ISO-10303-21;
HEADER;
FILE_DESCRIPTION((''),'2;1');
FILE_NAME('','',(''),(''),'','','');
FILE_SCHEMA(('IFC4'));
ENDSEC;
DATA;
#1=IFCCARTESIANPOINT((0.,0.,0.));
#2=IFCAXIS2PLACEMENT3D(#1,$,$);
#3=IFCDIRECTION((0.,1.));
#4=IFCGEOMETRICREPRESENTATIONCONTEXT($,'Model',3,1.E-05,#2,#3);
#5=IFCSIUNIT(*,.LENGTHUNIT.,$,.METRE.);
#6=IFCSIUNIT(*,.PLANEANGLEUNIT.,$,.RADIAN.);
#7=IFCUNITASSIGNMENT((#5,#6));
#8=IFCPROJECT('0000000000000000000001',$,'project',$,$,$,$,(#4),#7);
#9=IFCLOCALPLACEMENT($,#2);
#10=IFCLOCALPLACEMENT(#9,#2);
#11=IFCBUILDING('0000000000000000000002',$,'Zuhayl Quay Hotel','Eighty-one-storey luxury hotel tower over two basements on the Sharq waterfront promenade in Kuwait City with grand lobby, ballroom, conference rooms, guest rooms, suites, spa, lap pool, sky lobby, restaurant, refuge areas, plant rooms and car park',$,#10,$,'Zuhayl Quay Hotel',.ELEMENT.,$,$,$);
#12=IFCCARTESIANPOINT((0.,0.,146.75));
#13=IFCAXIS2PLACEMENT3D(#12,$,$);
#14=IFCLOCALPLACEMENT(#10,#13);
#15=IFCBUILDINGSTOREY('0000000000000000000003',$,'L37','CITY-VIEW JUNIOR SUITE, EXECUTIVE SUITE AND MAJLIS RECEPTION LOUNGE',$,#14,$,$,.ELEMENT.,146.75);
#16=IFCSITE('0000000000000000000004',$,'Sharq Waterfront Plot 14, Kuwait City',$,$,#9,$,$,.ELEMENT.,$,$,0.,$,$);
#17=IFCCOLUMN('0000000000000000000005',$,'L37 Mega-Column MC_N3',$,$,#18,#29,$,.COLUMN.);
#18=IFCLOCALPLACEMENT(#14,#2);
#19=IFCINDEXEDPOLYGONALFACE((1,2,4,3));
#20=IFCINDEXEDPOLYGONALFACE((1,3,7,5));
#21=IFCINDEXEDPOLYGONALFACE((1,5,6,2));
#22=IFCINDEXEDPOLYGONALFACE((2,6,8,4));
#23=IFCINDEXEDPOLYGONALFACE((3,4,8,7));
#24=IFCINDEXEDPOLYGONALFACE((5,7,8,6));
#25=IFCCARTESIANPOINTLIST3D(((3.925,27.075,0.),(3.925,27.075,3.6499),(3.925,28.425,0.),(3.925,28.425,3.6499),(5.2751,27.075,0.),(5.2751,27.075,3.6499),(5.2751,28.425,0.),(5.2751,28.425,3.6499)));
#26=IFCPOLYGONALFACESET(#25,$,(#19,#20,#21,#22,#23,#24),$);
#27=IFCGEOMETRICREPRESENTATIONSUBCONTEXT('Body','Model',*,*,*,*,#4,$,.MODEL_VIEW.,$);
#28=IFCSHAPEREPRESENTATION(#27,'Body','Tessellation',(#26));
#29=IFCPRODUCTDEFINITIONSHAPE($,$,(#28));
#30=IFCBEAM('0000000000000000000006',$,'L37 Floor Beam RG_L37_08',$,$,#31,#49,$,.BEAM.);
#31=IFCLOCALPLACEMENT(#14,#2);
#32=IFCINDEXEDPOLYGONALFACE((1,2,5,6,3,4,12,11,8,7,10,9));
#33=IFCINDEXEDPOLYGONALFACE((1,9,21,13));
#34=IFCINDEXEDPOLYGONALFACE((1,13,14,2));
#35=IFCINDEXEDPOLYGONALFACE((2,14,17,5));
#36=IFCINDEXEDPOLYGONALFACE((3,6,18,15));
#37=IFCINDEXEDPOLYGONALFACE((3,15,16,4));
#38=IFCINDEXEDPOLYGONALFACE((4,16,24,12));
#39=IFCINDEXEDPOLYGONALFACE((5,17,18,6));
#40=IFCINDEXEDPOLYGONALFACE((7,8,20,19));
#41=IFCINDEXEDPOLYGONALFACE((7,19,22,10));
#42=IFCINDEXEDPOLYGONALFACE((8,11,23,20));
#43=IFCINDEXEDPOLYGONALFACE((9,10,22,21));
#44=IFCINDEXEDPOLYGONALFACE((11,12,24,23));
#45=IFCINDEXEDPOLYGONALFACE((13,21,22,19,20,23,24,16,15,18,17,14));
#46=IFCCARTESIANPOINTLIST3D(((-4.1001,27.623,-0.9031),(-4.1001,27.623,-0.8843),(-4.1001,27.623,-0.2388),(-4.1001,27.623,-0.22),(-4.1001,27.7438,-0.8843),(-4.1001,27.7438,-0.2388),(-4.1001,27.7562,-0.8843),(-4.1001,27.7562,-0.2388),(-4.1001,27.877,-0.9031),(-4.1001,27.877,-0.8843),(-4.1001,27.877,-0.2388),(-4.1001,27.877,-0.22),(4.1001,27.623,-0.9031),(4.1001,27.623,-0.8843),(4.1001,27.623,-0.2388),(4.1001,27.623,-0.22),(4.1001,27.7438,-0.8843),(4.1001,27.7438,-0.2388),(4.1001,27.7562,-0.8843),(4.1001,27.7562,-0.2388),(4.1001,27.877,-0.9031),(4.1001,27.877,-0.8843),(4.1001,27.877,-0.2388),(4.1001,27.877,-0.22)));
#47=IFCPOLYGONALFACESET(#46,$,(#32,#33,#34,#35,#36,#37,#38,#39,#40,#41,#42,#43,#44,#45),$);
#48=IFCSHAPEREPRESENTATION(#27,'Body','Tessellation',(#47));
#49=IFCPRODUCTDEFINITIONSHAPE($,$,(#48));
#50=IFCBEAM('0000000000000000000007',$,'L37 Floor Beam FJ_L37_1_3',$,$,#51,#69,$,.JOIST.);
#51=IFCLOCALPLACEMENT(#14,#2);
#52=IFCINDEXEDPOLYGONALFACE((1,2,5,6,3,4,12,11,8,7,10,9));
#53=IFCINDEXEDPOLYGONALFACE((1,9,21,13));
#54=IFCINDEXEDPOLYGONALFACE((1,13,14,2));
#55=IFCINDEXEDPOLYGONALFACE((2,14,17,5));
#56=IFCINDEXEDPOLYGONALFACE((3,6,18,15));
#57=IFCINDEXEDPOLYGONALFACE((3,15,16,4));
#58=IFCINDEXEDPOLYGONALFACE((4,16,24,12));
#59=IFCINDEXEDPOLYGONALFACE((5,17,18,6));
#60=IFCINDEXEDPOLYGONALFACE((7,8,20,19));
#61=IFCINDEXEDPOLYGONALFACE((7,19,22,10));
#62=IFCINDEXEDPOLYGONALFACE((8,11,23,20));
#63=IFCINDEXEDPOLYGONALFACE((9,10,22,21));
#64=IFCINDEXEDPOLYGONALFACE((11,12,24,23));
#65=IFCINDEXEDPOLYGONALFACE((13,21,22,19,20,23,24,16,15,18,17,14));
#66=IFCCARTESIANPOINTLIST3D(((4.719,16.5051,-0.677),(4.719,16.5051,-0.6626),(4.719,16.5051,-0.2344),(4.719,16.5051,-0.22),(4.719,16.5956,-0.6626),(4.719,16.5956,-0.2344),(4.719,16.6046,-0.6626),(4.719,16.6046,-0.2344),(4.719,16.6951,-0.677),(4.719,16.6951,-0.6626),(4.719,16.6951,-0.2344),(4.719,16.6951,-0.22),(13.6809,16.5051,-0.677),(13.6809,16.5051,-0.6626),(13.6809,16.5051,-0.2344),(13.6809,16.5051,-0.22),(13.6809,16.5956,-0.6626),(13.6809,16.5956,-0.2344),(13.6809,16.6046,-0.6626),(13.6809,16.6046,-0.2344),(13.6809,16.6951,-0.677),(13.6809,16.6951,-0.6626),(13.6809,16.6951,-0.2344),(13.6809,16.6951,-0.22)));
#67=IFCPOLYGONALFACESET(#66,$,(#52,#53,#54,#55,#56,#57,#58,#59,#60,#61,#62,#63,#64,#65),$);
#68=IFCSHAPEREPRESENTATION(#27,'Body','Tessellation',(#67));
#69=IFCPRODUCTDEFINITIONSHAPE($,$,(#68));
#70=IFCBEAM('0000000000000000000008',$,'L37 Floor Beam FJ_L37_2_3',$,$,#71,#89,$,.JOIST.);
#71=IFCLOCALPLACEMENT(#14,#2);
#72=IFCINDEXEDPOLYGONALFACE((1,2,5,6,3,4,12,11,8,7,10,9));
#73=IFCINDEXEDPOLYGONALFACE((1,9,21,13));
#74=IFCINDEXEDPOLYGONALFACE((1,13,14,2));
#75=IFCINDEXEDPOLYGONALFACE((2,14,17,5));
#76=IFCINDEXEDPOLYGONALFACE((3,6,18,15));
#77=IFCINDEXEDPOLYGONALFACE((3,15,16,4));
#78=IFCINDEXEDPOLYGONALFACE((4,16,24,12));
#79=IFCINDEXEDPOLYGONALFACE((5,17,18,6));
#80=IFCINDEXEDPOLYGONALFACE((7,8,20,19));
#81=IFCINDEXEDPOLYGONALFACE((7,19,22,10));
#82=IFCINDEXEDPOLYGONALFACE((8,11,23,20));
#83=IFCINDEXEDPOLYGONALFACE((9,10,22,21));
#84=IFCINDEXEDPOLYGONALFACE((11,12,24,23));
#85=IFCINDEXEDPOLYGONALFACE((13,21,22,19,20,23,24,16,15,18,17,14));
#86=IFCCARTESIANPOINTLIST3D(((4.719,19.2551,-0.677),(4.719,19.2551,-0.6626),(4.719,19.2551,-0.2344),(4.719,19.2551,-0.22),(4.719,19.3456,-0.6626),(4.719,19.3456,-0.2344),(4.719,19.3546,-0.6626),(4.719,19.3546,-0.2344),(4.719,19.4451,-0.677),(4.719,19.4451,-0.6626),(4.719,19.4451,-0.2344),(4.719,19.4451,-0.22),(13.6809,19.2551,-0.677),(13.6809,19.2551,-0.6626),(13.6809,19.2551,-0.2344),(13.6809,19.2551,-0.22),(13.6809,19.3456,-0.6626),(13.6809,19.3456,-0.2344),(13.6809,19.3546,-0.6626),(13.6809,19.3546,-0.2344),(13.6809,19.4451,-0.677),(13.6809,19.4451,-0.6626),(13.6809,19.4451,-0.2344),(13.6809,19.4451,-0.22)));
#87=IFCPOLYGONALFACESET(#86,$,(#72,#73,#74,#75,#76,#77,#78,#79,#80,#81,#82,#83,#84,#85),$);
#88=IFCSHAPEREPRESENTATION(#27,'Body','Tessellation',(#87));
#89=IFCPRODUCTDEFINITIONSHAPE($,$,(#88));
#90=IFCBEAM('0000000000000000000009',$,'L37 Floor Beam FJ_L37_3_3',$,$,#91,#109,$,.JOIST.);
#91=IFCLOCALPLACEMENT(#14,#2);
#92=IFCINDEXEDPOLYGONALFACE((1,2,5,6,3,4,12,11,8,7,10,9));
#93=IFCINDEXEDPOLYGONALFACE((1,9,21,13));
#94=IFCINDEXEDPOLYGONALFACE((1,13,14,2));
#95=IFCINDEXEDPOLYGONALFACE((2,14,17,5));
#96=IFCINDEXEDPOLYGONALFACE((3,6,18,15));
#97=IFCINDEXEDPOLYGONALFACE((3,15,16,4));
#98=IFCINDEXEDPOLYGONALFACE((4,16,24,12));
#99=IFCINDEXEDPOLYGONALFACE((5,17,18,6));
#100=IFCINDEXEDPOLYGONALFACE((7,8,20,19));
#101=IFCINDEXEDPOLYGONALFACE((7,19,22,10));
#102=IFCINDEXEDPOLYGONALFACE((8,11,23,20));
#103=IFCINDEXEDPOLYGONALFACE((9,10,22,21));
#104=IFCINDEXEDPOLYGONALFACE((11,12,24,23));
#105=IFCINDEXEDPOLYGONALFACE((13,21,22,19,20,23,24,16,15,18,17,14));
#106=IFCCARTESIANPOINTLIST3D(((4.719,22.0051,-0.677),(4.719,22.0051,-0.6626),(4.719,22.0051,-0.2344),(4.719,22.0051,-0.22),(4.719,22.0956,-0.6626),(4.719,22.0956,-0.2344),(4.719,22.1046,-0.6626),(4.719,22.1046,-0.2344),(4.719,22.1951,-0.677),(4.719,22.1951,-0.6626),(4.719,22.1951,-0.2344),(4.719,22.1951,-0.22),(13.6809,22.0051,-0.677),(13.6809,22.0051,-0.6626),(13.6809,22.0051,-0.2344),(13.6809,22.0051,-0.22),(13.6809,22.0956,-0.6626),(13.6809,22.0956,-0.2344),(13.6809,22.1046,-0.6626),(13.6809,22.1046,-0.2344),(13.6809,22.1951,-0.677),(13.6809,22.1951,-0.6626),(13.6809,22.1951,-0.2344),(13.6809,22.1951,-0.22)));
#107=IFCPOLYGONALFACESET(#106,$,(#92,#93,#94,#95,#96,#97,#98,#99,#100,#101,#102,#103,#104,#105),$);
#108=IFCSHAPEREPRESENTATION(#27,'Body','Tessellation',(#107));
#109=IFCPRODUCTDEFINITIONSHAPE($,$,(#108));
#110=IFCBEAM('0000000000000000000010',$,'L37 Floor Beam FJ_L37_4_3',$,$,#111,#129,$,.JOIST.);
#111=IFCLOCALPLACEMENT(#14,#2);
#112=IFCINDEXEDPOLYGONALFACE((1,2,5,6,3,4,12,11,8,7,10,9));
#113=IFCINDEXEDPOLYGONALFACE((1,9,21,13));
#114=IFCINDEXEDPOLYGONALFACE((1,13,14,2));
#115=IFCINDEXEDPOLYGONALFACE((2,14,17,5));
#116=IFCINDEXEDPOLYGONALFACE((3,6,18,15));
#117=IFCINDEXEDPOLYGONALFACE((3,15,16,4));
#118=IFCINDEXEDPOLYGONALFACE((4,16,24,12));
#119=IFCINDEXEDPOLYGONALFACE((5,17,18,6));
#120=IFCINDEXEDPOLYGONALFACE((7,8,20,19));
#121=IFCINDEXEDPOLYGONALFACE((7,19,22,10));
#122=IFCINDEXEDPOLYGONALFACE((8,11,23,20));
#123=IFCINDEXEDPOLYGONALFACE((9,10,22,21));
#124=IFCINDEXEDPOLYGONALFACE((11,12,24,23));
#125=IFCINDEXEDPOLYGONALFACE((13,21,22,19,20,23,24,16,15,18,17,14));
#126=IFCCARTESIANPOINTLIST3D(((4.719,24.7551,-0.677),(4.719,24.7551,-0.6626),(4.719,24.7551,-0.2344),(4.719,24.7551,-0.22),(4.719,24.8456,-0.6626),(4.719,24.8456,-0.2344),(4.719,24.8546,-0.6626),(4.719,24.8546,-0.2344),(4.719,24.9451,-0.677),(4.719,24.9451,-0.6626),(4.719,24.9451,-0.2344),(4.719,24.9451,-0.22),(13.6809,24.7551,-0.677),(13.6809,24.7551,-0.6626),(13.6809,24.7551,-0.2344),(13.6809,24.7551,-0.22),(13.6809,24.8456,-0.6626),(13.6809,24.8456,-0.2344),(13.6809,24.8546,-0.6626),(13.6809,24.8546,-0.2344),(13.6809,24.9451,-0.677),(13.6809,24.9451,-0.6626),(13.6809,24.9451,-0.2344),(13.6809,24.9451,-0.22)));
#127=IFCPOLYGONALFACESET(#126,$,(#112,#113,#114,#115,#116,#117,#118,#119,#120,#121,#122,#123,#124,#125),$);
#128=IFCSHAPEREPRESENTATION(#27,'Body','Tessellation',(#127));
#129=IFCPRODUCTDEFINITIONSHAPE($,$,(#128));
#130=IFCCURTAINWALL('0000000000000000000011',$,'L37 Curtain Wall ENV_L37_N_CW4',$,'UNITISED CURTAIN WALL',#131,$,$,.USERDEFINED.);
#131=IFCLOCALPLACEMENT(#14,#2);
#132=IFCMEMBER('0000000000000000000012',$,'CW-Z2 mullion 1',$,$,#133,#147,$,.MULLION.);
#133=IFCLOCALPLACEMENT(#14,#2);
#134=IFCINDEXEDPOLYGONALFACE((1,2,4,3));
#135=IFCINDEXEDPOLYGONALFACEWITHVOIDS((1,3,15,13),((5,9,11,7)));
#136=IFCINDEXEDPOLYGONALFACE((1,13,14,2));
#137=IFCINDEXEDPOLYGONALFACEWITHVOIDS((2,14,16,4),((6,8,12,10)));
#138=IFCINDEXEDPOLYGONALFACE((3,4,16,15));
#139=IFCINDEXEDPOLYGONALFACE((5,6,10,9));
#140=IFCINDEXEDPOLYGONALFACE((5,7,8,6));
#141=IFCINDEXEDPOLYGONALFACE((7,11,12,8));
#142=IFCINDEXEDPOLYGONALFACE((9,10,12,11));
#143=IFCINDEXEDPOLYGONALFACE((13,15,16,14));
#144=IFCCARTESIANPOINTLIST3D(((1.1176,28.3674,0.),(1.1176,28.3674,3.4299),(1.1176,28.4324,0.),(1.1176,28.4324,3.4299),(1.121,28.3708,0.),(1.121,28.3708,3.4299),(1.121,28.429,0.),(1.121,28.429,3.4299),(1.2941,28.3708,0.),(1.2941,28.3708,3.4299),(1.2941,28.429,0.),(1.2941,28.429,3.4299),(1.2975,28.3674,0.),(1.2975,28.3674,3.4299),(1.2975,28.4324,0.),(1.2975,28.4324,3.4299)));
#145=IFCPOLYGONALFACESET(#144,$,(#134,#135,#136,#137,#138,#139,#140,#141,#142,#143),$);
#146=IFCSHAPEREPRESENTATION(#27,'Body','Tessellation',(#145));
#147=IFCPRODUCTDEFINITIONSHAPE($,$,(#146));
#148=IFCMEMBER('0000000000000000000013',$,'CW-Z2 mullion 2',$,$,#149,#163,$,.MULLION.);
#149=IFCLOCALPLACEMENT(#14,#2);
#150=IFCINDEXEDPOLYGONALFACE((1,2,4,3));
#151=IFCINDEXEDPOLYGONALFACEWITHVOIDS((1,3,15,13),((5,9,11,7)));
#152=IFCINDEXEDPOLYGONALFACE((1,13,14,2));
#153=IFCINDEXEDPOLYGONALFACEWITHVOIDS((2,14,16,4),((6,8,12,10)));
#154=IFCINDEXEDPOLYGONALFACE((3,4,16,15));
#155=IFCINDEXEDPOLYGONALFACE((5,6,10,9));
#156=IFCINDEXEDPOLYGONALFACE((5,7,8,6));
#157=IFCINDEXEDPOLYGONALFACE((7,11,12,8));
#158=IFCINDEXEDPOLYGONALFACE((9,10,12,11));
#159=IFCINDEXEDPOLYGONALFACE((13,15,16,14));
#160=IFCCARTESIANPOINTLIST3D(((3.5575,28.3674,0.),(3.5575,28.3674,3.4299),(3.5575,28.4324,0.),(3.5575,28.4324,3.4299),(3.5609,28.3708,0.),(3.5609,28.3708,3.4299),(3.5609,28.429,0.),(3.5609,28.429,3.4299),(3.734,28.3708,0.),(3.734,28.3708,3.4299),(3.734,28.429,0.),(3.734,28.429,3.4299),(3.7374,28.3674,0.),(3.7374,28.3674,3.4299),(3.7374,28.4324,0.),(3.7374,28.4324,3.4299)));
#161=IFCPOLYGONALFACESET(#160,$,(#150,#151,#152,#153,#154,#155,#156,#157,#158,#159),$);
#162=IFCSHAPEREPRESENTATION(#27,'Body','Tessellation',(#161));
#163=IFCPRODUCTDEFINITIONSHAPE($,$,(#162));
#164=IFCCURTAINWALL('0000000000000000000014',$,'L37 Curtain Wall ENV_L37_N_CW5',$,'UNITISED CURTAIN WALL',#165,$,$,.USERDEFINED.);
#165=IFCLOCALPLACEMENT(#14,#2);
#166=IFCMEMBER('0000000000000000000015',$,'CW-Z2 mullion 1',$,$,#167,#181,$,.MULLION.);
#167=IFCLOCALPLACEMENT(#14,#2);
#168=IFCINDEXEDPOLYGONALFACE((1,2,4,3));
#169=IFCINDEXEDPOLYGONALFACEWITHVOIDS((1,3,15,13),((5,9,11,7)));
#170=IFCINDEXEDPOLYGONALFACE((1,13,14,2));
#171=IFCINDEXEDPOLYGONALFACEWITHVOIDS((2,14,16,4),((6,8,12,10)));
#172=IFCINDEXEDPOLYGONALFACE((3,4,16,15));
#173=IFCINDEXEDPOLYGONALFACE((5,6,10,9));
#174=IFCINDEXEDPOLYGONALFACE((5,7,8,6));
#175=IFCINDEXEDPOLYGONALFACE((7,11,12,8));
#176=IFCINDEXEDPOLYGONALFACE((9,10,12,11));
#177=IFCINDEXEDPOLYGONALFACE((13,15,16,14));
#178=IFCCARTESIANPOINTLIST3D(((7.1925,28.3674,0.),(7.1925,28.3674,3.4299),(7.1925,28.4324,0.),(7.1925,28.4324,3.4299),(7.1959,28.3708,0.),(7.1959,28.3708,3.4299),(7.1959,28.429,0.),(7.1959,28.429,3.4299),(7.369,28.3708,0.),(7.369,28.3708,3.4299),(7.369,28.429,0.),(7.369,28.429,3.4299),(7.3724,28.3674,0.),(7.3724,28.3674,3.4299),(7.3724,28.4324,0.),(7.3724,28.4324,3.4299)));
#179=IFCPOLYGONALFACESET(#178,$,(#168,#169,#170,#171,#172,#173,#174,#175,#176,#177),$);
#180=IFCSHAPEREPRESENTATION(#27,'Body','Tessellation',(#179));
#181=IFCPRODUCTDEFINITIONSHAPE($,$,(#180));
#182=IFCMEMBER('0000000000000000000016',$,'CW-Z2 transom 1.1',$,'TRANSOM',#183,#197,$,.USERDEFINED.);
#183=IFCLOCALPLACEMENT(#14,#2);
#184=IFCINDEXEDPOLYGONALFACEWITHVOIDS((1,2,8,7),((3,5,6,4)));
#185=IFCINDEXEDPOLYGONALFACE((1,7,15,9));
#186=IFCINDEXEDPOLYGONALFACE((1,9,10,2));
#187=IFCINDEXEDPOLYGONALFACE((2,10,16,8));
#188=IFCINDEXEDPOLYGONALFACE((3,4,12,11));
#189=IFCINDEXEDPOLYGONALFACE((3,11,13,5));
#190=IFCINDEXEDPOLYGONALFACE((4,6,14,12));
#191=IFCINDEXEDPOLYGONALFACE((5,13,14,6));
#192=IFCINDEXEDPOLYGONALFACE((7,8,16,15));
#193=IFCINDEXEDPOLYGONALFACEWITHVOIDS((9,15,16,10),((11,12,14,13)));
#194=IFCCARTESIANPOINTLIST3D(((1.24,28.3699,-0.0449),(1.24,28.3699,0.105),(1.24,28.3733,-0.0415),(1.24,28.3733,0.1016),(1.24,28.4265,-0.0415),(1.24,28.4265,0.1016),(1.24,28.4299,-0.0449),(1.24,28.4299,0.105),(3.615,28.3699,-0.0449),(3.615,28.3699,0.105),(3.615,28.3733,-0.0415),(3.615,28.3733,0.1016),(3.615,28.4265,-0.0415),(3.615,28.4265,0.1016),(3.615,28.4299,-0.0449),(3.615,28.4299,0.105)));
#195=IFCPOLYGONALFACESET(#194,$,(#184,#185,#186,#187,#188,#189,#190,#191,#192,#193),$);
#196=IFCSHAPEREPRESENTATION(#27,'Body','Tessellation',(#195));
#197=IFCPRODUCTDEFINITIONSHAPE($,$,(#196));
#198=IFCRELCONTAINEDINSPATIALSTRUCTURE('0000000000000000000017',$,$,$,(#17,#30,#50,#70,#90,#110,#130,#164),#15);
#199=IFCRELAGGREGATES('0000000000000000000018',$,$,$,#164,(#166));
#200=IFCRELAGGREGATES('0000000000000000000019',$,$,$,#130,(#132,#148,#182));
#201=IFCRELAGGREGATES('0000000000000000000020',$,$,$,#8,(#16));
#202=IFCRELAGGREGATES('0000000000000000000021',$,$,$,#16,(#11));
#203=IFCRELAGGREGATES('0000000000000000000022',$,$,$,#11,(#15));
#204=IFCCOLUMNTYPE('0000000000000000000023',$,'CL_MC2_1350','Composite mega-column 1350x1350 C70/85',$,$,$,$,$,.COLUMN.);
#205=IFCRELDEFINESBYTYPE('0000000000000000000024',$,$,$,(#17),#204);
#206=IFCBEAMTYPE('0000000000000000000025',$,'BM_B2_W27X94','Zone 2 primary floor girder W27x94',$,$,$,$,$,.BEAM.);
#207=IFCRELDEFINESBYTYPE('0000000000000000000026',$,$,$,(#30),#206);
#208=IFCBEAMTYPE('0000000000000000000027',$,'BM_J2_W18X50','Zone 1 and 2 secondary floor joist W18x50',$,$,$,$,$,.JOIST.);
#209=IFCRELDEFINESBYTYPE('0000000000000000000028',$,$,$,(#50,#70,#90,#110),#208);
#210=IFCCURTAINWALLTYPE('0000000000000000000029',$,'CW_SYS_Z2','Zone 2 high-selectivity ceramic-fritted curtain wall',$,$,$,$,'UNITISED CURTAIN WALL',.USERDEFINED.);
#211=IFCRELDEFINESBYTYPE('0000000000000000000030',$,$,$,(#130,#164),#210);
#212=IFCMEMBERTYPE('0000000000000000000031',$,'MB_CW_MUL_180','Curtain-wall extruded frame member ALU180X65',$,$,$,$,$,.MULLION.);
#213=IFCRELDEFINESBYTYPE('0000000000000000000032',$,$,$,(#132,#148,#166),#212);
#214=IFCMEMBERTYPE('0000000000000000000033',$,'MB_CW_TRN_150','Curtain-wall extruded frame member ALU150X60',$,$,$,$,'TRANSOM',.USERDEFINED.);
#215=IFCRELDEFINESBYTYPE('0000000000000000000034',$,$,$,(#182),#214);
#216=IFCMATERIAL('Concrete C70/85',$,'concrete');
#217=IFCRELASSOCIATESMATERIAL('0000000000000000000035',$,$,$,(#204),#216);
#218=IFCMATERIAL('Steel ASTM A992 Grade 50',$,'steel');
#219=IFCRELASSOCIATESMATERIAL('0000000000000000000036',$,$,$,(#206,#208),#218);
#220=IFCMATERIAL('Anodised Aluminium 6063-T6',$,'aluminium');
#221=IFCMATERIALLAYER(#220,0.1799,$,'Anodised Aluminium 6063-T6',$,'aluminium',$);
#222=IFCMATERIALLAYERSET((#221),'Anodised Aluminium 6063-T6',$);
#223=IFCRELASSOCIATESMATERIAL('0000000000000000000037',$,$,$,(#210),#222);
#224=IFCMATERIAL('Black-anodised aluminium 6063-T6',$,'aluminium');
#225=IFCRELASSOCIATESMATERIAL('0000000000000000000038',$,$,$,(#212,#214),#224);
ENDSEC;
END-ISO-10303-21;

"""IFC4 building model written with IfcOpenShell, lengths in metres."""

from ifc_helpers import new_model, si_unit, direction, frame, origin, origin_2d, place, context, subcontext, project, spatial, rectangle, hollow_rectangle, i_section, extrude, material, layer, layer_set, material_profile, profile_set, type_object, element, aggregate, save


model = new_model("IFC4")

# Units and contexts
model_context = context("Model", 3, precision=1e-05, world=origin(), true_north=direction((0.0, 1.0)))
body_context = subcontext(model_context, "Body", "Model", "MODEL_VIEW")
ifc_project = project(units=[si_unit("LENGTHUNIT", "METRE"), si_unit("PLANEANGLEUNIT", "RADIAN")], contexts=[model_context])

# Site, building, storey
site_placement = place(None, origin())
site = spatial("IfcSite", under=ifc_project, at=site_placement, Name="Sharq Waterfront Plot 14, Kuwait City", CompositionType="ELEMENT", RefElevation=0.0)
building_placement = place(site_placement, origin())
building = spatial("IfcBuilding", under=site, at=building_placement, Name="Zuhayl Quay Hotel", Description="Eighty-one-storey luxury hotel tower over two basements on the Sharq waterfront promenade in Kuwait City with grand lobby, ballroom, conference rooms, guest rooms, suites, spa, lap pool, sky lobby, restaurant, refuge areas, plant rooms and car park", LongName="Zuhayl Quay Hotel", CompositionType="ELEMENT")
storey_placement = place(building_placement, frame((0.0, 0.0, 146.75)))
storey = spatial("IfcBuildingStorey", under=building, at=storey_placement, Name="L37", Description="CITY-VIEW JUNIOR SUITE, EXECUTIVE SUITE AND MAJLIS RECEPTION LOUNGE", CompositionType="ELEMENT", Elevation=146.75)

# Column
ifc_material_1 = material(Name="Concrete C70/85", Category="concrete")
ifc_material_profile_1 = material_profile(ifc_material_1, rectangle(XDim=1.3501, YDim=1.3501, at=origin_2d()), Name="RC1350X1350")
ifc_profile_set_1 = profile_set([ifc_material_profile_1], Name="Concrete C70/85")
column_type = type_object("IfcColumnType", Name="CL_MC2_1350", Description="Composite mega-column 1350x1350 C70/85", PredefinedType="COLUMN", material=ifc_profile_set_1)
column_placement = place(storey_placement, frame((4.6001, 27.75, 0.0), z_axis=(0.0, 0.0, 1.0), x_axis=(1.0, 0.0, 0.0)))
element("IfcColumn", 1, at=column_placement, inside=storey, type_object=column_type, Name="L37 Mega-Column MC_N3", PredefinedType="COLUMN", context=body_context, shape_type="SweptSolid", body=[
    extrude(rectangle(XDim=1.3501, YDim=1.3501, at=origin_2d()), origin(), (0.0, 0.0, 1.0), 3.6499),
])

# Beams
ifc_material_2 = material(Name="Steel ASTM A992 Grade 50", Category="steel")
ifc_material_profile_2 = material_profile(ifc_material_2, i_section(OverallWidth=0.2539, OverallDepth=0.6831, WebThickness=0.0125, FlangeThickness=0.0188, at=origin_2d()), Name="W27X94")
ifc_profile_set_2 = profile_set([ifc_material_profile_2], Name="Steel ASTM A992 Grade 50")
beam_type_1 = type_object("IfcBeamType", Name="BM_B2_W27X94", Description="Zone 2 primary floor girder W27x94", PredefinedType="BEAM", material=ifc_profile_set_2)
beam_placement = place(storey_placement, frame((4.1001, 27.75, -0.5615), z_axis=(-1.0, 0.0, 0.0), x_axis=(0.0, -1.0, 0.0)))
element("IfcBeam", 2, at=beam_placement, inside=storey, type_object=beam_type_1, Name="L37 Floor Beam RG_L37_08", PredefinedType="BEAM", context=body_context, shape_type="SweptSolid", body=[
    extrude(i_section(OverallWidth=0.2539, OverallDepth=0.6831, WebThickness=0.0125, FlangeThickness=0.0188, at=origin_2d()), origin(), (0.0, 0.0, 1.0), 8.2002),
])
ifc_material_profile_3 = material_profile(ifc_material_2, i_section(OverallWidth=0.1899, OverallDepth=0.457, WebThickness=0.009, FlangeThickness=0.0144, at=origin_2d()), Name="W18X50")
ifc_profile_set_3 = profile_set([ifc_material_profile_3], Name="Steel ASTM A992 Grade 50")
beam_type_2 = type_object("IfcBeamType", Name="BM_J2_W18X50", Description="Zone 1 and 2 secondary floor joist W18x50", PredefinedType="JOIST", material=ifc_profile_set_3)
for number, where, z_axis, x_axis, name in (
    (3, (4.719, 16.6001, -0.4485), (1.0, 0.0, 0.0), (0.0, 1.0, 0.0), "L37 Floor Beam FJ_L37_1_3"),
    (4, (4.719, 19.3501, -0.4485), (1.0, 0.0, 0.0), (0.0, 1.0, 0.0), "L37 Floor Beam FJ_L37_2_3"),
    (5, (4.719, 22.1001, -0.4485), (1.0, 0.0, 0.0), (0.0, 1.0, 0.0), "L37 Floor Beam FJ_L37_3_3"),
    (6, (4.719, 24.8501, -0.4485), (1.0, 0.0, 0.0), (0.0, 1.0, 0.0), "L37 Floor Beam FJ_L37_4_3"),
):
    element("IfcBeam", number, at=place(storey_placement, frame(where, z_axis=z_axis, x_axis=x_axis)), inside=storey, type_object=beam_type_2, Name=name, PredefinedType="JOIST", context=body_context, shape_type="SweptSolid", body=[
        extrude(i_section(OverallWidth=0.1899, OverallDepth=0.457, WebThickness=0.009, FlangeThickness=0.0144, at=origin_2d()), origin(), (0.0, 0.0, 1.0), 8.9619),
    ])

# Curtain wall, members
ifc_material_3 = material(Name="Anodised Aluminium 6063-T6", Category="aluminium")
ifc_layer_1 = layer(ifc_material_3, 0.1799, Name="Anodised Aluminium 6063-T6", Category="aluminium")
ifc_layer_set_1 = layer_set([ifc_layer_1], Name="Anodised Aluminium 6063-T6")
curtain_wall_type = type_object("IfcCurtainWallType", Name="CW_SYS_Z2", Description="Zone 2 high-selectivity ceramic-fritted curtain wall", ElementType="UNITISED CURTAIN WALL", PredefinedType="USERDEFINED", material=ifc_layer_set_1)
curtain_wall_1_placement = place(storey_placement, origin())
curtain_wall_1 = element("IfcCurtainWall", 7, at=curtain_wall_1_placement, inside=storey, type_object=curtain_wall_type, Name="L37 Curtain Wall ENV_L37_N_CW4", ObjectType="UNITISED CURTAIN WALL", PredefinedType="USERDEFINED")
ifc_material_4 = material(Name="Black-anodised aluminium 6063-T6", Category="aluminium")
ifc_material_profile_4 = material_profile(ifc_material_4, hollow_rectangle(XDim=0.0649, YDim=0.1799, WallThickness=0.0034, at=origin_2d()), Name="ALU180X65")
ifc_profile_set_4 = profile_set([ifc_material_profile_4], Name="Black-anodised aluminium 6063-T6")
member_type_1 = type_object("IfcMemberType", Name="MB_CW_MUL_180", Description="Curtain-wall extruded frame member ALU180X65", PredefinedType="MULLION", material=ifc_profile_set_4)
member_1_placement = place(storey_placement, frame((1.2075, 28.3999, 0.0), z_axis=(0.0, 0.0, 1.0), x_axis=(0.0, 1.0, 0.0)))
member_1 = element("IfcMember", 8, at=member_1_placement, type_object=member_type_1, Name="CW-Z2 mullion 1", PredefinedType="MULLION", context=body_context, shape_type="SweptSolid", body=[
    extrude(hollow_rectangle(XDim=0.0649, YDim=0.1799, WallThickness=0.0034, at=origin_2d()), origin(), (0.0, 0.0, 1.0), 3.4299),
])
member_2_placement = place(storey_placement, frame((3.6475, 28.3999, 0.0), z_axis=(0.0, 0.0, 1.0), x_axis=(0.0, 1.0, 0.0)))
member_2 = element("IfcMember", 9, at=member_2_placement, type_object=member_type_1, Name="CW-Z2 mullion 2", PredefinedType="MULLION", context=body_context, shape_type="SweptSolid", body=[
    extrude(hollow_rectangle(XDim=0.0649, YDim=0.1799, WallThickness=0.0034, at=origin_2d()), origin(), (0.0, 0.0, 1.0), 3.4299),
])

# Curtain wall, member
curtain_wall_2_placement = place(storey_placement, origin())
curtain_wall_2 = element("IfcCurtainWall", 10, at=curtain_wall_2_placement, inside=storey, type_object=curtain_wall_type, Name="L37 Curtain Wall ENV_L37_N_CW5", ObjectType="UNITISED CURTAIN WALL", PredefinedType="USERDEFINED")
member_3_placement = place(storey_placement, frame((7.2825, 28.3999, 0.0), z_axis=(0.0, 0.0, 1.0), x_axis=(0.0, 1.0, 0.0)))
member_3 = element("IfcMember", 11, at=member_3_placement, type_object=member_type_1, Name="CW-Z2 mullion 1", PredefinedType="MULLION", context=body_context, shape_type="SweptSolid", body=[
    extrude(hollow_rectangle(XDim=0.0649, YDim=0.1799, WallThickness=0.0034, at=origin_2d()), origin(), (0.0, 0.0, 1.0), 3.4299),
])

# Member
ifc_material_profile_5 = material_profile(ifc_material_4, hollow_rectangle(XDim=0.0601, YDim=0.1499, WallThickness=0.0034, at=origin_2d()), Name="ALU150X60")
ifc_profile_set_5 = profile_set([ifc_material_profile_5], Name="Black-anodised aluminium 6063-T6")
member_type_2 = type_object("IfcMemberType", Name="MB_CW_TRN_150", Description="Curtain-wall extruded frame member ALU150X60", ElementType="TRANSOM", PredefinedType="USERDEFINED", material=ifc_profile_set_5)
member_4_placement = place(storey_placement, frame((1.24, 28.3999, 0.03), z_axis=(1.0, 0.0, 0.0), x_axis=(0.0, 1.0, 0.0)))
member_4 = element("IfcMember", 12, at=member_4_placement, type_object=member_type_2, Name="CW-Z2 transom 1.1", ObjectType="TRANSOM", PredefinedType="USERDEFINED", context=body_context, shape_type="SweptSolid", body=[
    extrude(hollow_rectangle(XDim=0.0601, YDim=0.1499, WallThickness=0.0034, at=origin_2d()), origin(), (0.0, 0.0, 1.0), 2.375),
])
aggregate(curtain_wall_2, [member_3])

aggregate(curtain_wall_1, [member_1, member_2, member_4])

save(model, "model.ifc")
